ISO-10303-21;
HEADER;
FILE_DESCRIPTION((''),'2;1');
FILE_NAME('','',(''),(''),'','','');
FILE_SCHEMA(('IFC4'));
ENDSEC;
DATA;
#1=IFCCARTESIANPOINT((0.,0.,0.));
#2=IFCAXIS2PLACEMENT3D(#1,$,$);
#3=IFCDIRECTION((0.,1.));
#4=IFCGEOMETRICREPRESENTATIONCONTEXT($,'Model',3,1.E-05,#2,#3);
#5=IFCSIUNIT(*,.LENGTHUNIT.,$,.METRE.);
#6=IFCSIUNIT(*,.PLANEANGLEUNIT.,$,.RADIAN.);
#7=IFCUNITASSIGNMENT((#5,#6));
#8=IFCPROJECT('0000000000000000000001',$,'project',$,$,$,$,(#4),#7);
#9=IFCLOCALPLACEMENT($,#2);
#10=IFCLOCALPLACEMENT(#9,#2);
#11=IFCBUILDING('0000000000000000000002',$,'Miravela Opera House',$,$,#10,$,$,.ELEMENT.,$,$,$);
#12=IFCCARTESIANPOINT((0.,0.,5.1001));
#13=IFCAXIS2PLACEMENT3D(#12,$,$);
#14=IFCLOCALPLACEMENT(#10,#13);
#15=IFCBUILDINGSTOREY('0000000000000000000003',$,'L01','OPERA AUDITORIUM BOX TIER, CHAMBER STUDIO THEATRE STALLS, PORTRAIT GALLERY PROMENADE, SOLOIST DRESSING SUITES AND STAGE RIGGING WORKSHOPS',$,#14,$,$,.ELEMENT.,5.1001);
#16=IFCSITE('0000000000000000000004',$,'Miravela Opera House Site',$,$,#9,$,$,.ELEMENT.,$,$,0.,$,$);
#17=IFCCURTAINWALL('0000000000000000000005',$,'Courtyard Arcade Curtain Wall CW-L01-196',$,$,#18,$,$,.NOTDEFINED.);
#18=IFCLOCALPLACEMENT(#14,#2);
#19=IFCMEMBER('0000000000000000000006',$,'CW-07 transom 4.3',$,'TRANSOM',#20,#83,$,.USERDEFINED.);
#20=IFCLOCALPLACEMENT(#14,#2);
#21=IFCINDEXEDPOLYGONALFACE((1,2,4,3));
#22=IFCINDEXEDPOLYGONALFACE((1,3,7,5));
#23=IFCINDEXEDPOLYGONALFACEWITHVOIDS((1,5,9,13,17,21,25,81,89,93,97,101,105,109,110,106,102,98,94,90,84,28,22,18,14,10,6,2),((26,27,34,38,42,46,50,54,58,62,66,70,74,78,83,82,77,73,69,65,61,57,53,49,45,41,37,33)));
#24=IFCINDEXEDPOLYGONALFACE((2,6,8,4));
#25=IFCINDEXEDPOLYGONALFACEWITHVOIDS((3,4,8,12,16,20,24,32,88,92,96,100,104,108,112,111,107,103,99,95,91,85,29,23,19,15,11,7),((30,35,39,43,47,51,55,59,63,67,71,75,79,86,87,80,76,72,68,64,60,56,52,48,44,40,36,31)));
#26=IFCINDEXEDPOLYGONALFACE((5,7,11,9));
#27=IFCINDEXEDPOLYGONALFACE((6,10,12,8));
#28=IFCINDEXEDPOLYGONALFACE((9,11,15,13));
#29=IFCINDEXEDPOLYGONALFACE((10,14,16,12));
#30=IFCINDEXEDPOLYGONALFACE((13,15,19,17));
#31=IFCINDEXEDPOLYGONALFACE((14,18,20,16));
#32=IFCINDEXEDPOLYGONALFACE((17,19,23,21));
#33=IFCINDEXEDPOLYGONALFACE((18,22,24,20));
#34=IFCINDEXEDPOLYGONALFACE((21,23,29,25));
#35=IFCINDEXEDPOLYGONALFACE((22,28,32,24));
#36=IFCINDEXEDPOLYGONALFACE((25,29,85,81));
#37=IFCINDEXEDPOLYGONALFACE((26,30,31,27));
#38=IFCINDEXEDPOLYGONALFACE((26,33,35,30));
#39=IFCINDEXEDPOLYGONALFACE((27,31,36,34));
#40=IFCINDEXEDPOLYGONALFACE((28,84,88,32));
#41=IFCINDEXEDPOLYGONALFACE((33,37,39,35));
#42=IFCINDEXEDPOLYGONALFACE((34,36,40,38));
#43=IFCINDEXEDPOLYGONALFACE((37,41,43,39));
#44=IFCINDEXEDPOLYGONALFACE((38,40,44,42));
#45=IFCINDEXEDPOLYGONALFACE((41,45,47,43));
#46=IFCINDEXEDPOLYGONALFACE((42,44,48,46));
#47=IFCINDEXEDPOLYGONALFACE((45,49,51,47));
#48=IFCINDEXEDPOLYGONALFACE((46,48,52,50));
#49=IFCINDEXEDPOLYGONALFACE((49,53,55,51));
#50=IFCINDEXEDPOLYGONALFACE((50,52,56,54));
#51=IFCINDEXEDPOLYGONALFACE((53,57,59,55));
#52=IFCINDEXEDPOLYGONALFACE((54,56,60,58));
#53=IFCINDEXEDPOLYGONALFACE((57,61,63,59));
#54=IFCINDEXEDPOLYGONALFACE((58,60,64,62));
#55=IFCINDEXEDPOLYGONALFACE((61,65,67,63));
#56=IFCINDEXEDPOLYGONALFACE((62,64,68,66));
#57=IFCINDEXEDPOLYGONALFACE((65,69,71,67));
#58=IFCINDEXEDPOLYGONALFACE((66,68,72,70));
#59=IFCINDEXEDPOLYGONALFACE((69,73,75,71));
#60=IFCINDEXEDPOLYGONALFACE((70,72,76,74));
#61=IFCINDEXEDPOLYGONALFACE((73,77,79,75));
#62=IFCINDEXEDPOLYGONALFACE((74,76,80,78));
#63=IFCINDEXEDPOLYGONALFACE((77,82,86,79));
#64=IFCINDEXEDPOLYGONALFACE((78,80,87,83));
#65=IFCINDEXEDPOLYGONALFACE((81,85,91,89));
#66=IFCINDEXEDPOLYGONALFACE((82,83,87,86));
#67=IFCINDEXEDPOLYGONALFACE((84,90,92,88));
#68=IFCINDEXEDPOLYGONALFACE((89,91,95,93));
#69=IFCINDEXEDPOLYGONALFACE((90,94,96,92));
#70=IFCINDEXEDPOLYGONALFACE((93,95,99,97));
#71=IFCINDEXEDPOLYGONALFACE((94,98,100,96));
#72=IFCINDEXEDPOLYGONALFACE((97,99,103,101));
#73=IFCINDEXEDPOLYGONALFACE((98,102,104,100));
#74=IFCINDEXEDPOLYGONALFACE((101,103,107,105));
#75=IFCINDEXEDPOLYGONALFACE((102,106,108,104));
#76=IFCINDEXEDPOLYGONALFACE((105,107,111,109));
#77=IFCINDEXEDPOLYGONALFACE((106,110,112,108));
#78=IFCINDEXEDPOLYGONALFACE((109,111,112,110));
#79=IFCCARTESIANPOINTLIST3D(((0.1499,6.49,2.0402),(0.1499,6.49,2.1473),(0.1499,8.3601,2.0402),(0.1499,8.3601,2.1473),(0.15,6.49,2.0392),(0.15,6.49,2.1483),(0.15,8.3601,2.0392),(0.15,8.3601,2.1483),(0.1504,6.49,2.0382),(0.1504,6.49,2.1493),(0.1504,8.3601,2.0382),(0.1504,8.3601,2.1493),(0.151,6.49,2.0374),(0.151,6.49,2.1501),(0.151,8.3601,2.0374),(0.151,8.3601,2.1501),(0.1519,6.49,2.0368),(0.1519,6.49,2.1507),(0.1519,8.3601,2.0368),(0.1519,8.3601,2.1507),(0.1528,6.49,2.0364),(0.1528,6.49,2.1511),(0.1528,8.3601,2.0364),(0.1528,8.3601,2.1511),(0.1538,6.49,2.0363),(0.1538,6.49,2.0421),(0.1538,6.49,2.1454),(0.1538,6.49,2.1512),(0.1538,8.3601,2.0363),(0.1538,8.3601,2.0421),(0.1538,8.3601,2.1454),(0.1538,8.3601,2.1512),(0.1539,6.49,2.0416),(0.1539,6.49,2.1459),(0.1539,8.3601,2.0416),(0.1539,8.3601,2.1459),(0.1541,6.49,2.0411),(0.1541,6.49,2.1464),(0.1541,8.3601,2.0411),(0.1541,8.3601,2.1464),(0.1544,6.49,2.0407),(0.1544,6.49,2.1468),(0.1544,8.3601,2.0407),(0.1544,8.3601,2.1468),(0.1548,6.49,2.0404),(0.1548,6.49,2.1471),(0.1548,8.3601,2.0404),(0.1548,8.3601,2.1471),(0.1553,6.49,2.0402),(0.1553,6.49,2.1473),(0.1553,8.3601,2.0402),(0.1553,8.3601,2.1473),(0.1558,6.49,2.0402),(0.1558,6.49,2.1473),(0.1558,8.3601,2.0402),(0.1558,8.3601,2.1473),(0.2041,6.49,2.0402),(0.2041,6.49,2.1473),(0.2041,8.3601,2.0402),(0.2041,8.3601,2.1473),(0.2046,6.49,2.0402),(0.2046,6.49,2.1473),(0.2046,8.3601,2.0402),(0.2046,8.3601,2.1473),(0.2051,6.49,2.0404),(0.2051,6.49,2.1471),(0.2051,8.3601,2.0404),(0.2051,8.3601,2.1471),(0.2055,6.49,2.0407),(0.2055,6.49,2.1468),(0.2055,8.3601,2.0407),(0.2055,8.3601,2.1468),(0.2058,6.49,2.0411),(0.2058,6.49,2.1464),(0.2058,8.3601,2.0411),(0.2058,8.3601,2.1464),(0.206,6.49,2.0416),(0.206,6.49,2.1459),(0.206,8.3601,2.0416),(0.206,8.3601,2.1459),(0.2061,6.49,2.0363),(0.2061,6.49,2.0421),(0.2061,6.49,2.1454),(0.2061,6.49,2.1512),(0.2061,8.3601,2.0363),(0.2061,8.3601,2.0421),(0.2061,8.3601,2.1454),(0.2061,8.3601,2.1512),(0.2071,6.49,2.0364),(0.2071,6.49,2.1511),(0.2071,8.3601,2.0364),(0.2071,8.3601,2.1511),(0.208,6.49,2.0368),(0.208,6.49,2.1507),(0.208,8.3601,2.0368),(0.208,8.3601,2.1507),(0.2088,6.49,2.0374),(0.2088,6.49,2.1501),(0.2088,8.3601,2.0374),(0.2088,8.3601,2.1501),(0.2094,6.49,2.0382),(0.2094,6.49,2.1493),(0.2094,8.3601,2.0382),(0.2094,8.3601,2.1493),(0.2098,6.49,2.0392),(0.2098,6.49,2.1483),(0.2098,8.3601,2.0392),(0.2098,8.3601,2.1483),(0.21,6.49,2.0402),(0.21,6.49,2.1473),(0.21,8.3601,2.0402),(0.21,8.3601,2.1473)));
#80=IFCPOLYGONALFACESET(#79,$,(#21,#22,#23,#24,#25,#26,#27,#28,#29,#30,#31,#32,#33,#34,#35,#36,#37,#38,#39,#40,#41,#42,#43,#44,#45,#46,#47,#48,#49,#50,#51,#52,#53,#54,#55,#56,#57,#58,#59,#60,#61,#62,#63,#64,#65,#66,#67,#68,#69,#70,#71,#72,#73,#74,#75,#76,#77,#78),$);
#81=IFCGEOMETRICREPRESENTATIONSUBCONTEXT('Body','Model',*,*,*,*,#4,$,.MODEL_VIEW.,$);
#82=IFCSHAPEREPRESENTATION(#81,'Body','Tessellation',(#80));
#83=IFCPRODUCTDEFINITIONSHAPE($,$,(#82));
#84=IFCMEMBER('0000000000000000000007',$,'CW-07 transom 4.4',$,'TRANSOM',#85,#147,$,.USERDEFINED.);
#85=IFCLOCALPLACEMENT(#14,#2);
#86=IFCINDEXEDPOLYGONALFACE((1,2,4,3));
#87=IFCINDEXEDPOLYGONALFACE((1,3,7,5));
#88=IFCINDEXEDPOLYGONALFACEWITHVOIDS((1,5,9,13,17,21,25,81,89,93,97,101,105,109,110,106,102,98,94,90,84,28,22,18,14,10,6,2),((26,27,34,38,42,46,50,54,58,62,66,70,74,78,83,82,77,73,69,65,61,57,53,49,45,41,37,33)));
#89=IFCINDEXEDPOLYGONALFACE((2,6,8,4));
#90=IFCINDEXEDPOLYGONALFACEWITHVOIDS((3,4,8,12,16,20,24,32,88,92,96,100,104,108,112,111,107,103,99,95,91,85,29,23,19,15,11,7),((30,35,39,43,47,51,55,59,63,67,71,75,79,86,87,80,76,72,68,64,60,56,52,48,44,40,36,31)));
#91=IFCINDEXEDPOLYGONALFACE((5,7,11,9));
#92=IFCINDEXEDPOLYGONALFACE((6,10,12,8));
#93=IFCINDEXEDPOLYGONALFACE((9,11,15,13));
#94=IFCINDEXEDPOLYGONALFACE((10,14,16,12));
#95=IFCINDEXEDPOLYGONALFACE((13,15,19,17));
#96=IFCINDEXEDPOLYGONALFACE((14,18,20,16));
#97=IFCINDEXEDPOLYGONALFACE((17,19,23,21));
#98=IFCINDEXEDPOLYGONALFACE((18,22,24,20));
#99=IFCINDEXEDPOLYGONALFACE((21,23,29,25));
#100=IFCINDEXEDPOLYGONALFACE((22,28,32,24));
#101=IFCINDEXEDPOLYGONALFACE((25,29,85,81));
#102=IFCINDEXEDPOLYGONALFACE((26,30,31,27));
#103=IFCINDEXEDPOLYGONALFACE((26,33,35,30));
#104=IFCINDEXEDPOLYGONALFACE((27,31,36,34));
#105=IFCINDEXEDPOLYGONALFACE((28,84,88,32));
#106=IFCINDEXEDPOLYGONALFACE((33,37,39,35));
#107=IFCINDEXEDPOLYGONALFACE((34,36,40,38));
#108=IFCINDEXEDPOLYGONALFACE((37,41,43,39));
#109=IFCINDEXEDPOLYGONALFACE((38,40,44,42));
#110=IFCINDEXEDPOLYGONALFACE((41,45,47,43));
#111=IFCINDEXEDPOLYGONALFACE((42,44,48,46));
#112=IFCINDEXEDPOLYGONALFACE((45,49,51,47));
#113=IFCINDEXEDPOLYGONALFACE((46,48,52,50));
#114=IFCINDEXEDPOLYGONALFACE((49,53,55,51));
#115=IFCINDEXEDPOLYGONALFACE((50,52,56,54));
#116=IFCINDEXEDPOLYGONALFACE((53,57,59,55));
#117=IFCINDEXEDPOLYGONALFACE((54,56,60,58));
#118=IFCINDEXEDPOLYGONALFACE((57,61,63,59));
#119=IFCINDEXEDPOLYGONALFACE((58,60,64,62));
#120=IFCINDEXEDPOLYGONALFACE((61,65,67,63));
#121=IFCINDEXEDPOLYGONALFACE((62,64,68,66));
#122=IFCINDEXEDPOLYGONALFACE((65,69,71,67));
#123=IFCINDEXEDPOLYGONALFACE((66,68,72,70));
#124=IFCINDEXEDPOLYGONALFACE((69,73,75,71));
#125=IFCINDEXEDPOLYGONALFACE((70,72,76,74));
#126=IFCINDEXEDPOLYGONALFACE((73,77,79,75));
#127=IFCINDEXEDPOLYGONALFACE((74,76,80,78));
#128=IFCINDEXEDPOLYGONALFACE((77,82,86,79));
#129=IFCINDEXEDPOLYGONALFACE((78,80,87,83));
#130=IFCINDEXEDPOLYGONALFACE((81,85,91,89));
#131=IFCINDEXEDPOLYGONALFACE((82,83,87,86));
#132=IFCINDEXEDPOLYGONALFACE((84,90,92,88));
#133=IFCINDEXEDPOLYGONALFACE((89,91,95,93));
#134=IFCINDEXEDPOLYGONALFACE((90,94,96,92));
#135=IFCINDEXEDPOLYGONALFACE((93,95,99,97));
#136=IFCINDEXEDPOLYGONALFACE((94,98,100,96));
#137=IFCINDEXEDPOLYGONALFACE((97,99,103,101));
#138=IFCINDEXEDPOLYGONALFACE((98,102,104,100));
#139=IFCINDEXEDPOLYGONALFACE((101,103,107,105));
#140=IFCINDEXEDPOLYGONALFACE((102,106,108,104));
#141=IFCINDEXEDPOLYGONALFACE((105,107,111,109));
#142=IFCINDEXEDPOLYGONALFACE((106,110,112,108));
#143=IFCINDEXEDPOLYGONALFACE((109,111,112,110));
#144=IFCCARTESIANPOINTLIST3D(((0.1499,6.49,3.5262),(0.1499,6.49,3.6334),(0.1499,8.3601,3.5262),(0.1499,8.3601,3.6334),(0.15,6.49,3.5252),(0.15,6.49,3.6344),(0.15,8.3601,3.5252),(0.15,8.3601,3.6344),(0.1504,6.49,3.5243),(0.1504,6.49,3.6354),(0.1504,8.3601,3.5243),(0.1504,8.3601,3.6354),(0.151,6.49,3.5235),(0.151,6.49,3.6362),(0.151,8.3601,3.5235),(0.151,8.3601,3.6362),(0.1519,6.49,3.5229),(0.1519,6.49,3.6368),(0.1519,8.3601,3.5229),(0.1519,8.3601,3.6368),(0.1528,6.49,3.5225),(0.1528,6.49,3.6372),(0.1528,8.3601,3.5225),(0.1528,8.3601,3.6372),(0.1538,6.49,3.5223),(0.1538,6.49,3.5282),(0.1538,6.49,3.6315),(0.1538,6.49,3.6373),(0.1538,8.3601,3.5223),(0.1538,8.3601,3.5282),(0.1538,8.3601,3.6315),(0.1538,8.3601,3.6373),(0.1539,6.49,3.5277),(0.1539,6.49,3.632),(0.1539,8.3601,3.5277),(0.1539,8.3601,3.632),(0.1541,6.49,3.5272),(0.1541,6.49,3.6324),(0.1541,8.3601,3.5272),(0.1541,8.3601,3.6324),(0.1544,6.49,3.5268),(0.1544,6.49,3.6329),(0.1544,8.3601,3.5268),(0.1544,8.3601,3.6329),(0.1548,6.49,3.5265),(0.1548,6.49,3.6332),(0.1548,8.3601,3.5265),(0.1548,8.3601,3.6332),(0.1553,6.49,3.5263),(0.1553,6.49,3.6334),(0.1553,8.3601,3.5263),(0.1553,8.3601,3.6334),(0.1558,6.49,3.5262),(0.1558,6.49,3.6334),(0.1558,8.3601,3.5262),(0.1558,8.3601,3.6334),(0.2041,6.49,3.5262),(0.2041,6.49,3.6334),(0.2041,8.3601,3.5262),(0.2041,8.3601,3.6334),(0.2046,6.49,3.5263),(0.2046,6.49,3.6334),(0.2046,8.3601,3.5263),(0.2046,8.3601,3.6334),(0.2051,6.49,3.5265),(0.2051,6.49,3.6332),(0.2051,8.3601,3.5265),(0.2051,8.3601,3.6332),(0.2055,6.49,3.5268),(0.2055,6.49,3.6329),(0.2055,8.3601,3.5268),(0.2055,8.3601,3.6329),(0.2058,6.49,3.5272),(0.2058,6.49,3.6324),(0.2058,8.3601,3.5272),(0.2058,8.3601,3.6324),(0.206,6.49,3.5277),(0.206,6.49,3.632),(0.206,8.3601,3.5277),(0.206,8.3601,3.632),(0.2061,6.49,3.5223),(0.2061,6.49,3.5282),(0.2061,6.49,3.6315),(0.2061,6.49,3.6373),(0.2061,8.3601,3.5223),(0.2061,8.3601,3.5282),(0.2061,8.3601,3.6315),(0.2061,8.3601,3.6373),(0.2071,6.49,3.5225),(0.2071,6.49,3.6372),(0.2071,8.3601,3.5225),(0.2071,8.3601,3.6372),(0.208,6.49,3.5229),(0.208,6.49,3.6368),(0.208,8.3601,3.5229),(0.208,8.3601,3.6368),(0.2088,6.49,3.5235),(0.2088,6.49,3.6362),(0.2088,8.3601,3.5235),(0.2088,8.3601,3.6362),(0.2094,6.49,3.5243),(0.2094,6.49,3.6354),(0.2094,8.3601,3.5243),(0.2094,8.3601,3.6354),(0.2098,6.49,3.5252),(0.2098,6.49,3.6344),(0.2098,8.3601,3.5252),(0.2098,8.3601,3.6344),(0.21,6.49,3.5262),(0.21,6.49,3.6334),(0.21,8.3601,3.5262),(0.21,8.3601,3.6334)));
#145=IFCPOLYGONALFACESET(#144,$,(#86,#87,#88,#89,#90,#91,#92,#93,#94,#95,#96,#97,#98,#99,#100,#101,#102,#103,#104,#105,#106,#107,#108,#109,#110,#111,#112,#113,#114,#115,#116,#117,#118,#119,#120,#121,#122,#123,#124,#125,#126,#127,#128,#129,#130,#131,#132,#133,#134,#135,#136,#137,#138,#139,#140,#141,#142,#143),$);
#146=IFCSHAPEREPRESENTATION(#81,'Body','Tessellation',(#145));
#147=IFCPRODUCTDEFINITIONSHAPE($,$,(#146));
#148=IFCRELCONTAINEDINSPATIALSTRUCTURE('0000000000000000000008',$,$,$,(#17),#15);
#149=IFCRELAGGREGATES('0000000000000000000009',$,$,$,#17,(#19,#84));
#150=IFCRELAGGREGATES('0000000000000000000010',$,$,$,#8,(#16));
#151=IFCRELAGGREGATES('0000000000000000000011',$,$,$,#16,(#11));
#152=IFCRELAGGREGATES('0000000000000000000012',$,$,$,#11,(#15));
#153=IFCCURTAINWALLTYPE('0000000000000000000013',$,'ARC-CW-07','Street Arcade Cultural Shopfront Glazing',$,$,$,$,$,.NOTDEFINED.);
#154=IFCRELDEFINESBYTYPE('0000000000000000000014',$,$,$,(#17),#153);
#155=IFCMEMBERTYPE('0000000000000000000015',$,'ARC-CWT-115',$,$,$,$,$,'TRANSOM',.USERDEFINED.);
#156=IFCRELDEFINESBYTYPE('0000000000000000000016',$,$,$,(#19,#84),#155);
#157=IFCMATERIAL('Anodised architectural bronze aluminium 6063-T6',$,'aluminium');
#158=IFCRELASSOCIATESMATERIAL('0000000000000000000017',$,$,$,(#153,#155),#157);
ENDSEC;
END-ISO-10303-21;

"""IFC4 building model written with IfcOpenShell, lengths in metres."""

from ifc_helpers import new_model, si_unit, direction, frame, origin, origin_2d, place, context, subcontext, project, spatial, hollow_rectangle, extrude, material, material_profile, profile_set, type_object, element, aggregate, save


model = new_model("IFC4")

# Units and contexts
model_context = context("Model", 3, precision=1e-05, world=origin(), true_north=direction((0.0, 1.0)))
body_context = subcontext(model_context, "Body", "Model", "MODEL_VIEW")
ifc_project = project(units=[si_unit("LENGTHUNIT", "METRE"), si_unit("PLANEANGLEUNIT", "RADIAN")], contexts=[model_context])

# Site, building, storey
site_placement = place(None, origin())
site = spatial("IfcSite", under=ifc_project, at=site_placement, Name="Miravela Opera House Site", CompositionType="ELEMENT", RefElevation=0.0)
building_placement = place(site_placement, origin())
building = spatial("IfcBuilding", under=site, at=building_placement, Name="Miravela Opera House", CompositionType="ELEMENT")
storey_placement = place(building_placement, frame((0.0, 0.0, 5.1001)))
storey = spatial("IfcBuildingStorey", under=building, at=storey_placement, Name="L01", Description="OPERA AUDITORIUM BOX TIER, CHAMBER STUDIO THEATRE STALLS, PORTRAIT GALLERY PROMENADE, SOLOIST DRESSING SUITES AND STAGE RIGGING WORKSHOPS", CompositionType="ELEMENT", Elevation=5.1001)

# Curtain wall
ifc_material_1 = material(Name="Anodised architectural bronze aluminium 6063-T6", Category="aluminium")
curtain_wall_type = type_object("IfcCurtainWallType", Name="ARC-CW-07", Description="Street Arcade Cultural Shopfront Glazing", PredefinedType="NOTDEFINED", material=ifc_material_1)
curtain_wall_1_placement = place(storey_placement, origin())
curtain_wall_1 = element("IfcCurtainWall", 1, at=curtain_wall_1_placement, inside=storey, type_object=curtain_wall_type, Name="Courtyard Arcade Curtain Wall CW-L01-196", PredefinedType="NOTDEFINED")

# Members
ifc_material_profile_1 = material_profile(ifc_material_1, hollow_rectangle(XDim=0.0601, YDim=0.115, WallThickness=0.0039, InnerFilletRadius=0.002, OuterFilletRadius=0.0039, at=origin_2d()), Name="CWT-60X115")
ifc_profile_set_1 = profile_set([ifc_material_profile_1])
member_type_1 = type_object("IfcMemberType", Name="ARC-CWT-115", ElementType="TRANSOM", PredefinedType="USERDEFINED", material=ifc_profile_set_1)
member_1_placement = place(storey_placement, frame((0.1799, 6.49, 2.0938), z_axis=(0.0, 1.0, 0.0), x_axis=(-1.0, 0.0, 0.0)))
member_1 = element("IfcMember", 2, at=member_1_placement, type_object=member_type_1, Name="CW-07 transom 4.3", ObjectType="TRANSOM", PredefinedType="USERDEFINED", context=body_context, shape_type="SweptSolid", body=[
    extrude(hollow_rectangle(XDim=0.0601, YDim=0.115, WallThickness=0.0039, InnerFilletRadius=0.002, OuterFilletRadius=0.0039, at=origin_2d()), origin(), (0.0, 0.0, 1.0), 1.8701),
])
member_2_placement = place(storey_placement, frame((0.1799, 6.49, 3.5798), z_axis=(0.0, 1.0, 0.0), x_axis=(-1.0, 0.0, 0.0)))
member_2 = element("IfcMember", 3, at=member_2_placement, type_object=member_type_1, Name="CW-07 transom 4.4", ObjectType="TRANSOM", PredefinedType="USERDEFINED", context=body_context, shape_type="SweptSolid", body=[
    extrude(hollow_rectangle(XDim=0.0601, YDim=0.115, WallThickness=0.0039, InnerFilletRadius=0.002, OuterFilletRadius=0.0039, at=origin_2d()), origin(), (0.0, 0.0, 1.0), 1.8701),
])

aggregate(curtain_wall_1, [member_1, member_2])

save(model, "model.ifc")
